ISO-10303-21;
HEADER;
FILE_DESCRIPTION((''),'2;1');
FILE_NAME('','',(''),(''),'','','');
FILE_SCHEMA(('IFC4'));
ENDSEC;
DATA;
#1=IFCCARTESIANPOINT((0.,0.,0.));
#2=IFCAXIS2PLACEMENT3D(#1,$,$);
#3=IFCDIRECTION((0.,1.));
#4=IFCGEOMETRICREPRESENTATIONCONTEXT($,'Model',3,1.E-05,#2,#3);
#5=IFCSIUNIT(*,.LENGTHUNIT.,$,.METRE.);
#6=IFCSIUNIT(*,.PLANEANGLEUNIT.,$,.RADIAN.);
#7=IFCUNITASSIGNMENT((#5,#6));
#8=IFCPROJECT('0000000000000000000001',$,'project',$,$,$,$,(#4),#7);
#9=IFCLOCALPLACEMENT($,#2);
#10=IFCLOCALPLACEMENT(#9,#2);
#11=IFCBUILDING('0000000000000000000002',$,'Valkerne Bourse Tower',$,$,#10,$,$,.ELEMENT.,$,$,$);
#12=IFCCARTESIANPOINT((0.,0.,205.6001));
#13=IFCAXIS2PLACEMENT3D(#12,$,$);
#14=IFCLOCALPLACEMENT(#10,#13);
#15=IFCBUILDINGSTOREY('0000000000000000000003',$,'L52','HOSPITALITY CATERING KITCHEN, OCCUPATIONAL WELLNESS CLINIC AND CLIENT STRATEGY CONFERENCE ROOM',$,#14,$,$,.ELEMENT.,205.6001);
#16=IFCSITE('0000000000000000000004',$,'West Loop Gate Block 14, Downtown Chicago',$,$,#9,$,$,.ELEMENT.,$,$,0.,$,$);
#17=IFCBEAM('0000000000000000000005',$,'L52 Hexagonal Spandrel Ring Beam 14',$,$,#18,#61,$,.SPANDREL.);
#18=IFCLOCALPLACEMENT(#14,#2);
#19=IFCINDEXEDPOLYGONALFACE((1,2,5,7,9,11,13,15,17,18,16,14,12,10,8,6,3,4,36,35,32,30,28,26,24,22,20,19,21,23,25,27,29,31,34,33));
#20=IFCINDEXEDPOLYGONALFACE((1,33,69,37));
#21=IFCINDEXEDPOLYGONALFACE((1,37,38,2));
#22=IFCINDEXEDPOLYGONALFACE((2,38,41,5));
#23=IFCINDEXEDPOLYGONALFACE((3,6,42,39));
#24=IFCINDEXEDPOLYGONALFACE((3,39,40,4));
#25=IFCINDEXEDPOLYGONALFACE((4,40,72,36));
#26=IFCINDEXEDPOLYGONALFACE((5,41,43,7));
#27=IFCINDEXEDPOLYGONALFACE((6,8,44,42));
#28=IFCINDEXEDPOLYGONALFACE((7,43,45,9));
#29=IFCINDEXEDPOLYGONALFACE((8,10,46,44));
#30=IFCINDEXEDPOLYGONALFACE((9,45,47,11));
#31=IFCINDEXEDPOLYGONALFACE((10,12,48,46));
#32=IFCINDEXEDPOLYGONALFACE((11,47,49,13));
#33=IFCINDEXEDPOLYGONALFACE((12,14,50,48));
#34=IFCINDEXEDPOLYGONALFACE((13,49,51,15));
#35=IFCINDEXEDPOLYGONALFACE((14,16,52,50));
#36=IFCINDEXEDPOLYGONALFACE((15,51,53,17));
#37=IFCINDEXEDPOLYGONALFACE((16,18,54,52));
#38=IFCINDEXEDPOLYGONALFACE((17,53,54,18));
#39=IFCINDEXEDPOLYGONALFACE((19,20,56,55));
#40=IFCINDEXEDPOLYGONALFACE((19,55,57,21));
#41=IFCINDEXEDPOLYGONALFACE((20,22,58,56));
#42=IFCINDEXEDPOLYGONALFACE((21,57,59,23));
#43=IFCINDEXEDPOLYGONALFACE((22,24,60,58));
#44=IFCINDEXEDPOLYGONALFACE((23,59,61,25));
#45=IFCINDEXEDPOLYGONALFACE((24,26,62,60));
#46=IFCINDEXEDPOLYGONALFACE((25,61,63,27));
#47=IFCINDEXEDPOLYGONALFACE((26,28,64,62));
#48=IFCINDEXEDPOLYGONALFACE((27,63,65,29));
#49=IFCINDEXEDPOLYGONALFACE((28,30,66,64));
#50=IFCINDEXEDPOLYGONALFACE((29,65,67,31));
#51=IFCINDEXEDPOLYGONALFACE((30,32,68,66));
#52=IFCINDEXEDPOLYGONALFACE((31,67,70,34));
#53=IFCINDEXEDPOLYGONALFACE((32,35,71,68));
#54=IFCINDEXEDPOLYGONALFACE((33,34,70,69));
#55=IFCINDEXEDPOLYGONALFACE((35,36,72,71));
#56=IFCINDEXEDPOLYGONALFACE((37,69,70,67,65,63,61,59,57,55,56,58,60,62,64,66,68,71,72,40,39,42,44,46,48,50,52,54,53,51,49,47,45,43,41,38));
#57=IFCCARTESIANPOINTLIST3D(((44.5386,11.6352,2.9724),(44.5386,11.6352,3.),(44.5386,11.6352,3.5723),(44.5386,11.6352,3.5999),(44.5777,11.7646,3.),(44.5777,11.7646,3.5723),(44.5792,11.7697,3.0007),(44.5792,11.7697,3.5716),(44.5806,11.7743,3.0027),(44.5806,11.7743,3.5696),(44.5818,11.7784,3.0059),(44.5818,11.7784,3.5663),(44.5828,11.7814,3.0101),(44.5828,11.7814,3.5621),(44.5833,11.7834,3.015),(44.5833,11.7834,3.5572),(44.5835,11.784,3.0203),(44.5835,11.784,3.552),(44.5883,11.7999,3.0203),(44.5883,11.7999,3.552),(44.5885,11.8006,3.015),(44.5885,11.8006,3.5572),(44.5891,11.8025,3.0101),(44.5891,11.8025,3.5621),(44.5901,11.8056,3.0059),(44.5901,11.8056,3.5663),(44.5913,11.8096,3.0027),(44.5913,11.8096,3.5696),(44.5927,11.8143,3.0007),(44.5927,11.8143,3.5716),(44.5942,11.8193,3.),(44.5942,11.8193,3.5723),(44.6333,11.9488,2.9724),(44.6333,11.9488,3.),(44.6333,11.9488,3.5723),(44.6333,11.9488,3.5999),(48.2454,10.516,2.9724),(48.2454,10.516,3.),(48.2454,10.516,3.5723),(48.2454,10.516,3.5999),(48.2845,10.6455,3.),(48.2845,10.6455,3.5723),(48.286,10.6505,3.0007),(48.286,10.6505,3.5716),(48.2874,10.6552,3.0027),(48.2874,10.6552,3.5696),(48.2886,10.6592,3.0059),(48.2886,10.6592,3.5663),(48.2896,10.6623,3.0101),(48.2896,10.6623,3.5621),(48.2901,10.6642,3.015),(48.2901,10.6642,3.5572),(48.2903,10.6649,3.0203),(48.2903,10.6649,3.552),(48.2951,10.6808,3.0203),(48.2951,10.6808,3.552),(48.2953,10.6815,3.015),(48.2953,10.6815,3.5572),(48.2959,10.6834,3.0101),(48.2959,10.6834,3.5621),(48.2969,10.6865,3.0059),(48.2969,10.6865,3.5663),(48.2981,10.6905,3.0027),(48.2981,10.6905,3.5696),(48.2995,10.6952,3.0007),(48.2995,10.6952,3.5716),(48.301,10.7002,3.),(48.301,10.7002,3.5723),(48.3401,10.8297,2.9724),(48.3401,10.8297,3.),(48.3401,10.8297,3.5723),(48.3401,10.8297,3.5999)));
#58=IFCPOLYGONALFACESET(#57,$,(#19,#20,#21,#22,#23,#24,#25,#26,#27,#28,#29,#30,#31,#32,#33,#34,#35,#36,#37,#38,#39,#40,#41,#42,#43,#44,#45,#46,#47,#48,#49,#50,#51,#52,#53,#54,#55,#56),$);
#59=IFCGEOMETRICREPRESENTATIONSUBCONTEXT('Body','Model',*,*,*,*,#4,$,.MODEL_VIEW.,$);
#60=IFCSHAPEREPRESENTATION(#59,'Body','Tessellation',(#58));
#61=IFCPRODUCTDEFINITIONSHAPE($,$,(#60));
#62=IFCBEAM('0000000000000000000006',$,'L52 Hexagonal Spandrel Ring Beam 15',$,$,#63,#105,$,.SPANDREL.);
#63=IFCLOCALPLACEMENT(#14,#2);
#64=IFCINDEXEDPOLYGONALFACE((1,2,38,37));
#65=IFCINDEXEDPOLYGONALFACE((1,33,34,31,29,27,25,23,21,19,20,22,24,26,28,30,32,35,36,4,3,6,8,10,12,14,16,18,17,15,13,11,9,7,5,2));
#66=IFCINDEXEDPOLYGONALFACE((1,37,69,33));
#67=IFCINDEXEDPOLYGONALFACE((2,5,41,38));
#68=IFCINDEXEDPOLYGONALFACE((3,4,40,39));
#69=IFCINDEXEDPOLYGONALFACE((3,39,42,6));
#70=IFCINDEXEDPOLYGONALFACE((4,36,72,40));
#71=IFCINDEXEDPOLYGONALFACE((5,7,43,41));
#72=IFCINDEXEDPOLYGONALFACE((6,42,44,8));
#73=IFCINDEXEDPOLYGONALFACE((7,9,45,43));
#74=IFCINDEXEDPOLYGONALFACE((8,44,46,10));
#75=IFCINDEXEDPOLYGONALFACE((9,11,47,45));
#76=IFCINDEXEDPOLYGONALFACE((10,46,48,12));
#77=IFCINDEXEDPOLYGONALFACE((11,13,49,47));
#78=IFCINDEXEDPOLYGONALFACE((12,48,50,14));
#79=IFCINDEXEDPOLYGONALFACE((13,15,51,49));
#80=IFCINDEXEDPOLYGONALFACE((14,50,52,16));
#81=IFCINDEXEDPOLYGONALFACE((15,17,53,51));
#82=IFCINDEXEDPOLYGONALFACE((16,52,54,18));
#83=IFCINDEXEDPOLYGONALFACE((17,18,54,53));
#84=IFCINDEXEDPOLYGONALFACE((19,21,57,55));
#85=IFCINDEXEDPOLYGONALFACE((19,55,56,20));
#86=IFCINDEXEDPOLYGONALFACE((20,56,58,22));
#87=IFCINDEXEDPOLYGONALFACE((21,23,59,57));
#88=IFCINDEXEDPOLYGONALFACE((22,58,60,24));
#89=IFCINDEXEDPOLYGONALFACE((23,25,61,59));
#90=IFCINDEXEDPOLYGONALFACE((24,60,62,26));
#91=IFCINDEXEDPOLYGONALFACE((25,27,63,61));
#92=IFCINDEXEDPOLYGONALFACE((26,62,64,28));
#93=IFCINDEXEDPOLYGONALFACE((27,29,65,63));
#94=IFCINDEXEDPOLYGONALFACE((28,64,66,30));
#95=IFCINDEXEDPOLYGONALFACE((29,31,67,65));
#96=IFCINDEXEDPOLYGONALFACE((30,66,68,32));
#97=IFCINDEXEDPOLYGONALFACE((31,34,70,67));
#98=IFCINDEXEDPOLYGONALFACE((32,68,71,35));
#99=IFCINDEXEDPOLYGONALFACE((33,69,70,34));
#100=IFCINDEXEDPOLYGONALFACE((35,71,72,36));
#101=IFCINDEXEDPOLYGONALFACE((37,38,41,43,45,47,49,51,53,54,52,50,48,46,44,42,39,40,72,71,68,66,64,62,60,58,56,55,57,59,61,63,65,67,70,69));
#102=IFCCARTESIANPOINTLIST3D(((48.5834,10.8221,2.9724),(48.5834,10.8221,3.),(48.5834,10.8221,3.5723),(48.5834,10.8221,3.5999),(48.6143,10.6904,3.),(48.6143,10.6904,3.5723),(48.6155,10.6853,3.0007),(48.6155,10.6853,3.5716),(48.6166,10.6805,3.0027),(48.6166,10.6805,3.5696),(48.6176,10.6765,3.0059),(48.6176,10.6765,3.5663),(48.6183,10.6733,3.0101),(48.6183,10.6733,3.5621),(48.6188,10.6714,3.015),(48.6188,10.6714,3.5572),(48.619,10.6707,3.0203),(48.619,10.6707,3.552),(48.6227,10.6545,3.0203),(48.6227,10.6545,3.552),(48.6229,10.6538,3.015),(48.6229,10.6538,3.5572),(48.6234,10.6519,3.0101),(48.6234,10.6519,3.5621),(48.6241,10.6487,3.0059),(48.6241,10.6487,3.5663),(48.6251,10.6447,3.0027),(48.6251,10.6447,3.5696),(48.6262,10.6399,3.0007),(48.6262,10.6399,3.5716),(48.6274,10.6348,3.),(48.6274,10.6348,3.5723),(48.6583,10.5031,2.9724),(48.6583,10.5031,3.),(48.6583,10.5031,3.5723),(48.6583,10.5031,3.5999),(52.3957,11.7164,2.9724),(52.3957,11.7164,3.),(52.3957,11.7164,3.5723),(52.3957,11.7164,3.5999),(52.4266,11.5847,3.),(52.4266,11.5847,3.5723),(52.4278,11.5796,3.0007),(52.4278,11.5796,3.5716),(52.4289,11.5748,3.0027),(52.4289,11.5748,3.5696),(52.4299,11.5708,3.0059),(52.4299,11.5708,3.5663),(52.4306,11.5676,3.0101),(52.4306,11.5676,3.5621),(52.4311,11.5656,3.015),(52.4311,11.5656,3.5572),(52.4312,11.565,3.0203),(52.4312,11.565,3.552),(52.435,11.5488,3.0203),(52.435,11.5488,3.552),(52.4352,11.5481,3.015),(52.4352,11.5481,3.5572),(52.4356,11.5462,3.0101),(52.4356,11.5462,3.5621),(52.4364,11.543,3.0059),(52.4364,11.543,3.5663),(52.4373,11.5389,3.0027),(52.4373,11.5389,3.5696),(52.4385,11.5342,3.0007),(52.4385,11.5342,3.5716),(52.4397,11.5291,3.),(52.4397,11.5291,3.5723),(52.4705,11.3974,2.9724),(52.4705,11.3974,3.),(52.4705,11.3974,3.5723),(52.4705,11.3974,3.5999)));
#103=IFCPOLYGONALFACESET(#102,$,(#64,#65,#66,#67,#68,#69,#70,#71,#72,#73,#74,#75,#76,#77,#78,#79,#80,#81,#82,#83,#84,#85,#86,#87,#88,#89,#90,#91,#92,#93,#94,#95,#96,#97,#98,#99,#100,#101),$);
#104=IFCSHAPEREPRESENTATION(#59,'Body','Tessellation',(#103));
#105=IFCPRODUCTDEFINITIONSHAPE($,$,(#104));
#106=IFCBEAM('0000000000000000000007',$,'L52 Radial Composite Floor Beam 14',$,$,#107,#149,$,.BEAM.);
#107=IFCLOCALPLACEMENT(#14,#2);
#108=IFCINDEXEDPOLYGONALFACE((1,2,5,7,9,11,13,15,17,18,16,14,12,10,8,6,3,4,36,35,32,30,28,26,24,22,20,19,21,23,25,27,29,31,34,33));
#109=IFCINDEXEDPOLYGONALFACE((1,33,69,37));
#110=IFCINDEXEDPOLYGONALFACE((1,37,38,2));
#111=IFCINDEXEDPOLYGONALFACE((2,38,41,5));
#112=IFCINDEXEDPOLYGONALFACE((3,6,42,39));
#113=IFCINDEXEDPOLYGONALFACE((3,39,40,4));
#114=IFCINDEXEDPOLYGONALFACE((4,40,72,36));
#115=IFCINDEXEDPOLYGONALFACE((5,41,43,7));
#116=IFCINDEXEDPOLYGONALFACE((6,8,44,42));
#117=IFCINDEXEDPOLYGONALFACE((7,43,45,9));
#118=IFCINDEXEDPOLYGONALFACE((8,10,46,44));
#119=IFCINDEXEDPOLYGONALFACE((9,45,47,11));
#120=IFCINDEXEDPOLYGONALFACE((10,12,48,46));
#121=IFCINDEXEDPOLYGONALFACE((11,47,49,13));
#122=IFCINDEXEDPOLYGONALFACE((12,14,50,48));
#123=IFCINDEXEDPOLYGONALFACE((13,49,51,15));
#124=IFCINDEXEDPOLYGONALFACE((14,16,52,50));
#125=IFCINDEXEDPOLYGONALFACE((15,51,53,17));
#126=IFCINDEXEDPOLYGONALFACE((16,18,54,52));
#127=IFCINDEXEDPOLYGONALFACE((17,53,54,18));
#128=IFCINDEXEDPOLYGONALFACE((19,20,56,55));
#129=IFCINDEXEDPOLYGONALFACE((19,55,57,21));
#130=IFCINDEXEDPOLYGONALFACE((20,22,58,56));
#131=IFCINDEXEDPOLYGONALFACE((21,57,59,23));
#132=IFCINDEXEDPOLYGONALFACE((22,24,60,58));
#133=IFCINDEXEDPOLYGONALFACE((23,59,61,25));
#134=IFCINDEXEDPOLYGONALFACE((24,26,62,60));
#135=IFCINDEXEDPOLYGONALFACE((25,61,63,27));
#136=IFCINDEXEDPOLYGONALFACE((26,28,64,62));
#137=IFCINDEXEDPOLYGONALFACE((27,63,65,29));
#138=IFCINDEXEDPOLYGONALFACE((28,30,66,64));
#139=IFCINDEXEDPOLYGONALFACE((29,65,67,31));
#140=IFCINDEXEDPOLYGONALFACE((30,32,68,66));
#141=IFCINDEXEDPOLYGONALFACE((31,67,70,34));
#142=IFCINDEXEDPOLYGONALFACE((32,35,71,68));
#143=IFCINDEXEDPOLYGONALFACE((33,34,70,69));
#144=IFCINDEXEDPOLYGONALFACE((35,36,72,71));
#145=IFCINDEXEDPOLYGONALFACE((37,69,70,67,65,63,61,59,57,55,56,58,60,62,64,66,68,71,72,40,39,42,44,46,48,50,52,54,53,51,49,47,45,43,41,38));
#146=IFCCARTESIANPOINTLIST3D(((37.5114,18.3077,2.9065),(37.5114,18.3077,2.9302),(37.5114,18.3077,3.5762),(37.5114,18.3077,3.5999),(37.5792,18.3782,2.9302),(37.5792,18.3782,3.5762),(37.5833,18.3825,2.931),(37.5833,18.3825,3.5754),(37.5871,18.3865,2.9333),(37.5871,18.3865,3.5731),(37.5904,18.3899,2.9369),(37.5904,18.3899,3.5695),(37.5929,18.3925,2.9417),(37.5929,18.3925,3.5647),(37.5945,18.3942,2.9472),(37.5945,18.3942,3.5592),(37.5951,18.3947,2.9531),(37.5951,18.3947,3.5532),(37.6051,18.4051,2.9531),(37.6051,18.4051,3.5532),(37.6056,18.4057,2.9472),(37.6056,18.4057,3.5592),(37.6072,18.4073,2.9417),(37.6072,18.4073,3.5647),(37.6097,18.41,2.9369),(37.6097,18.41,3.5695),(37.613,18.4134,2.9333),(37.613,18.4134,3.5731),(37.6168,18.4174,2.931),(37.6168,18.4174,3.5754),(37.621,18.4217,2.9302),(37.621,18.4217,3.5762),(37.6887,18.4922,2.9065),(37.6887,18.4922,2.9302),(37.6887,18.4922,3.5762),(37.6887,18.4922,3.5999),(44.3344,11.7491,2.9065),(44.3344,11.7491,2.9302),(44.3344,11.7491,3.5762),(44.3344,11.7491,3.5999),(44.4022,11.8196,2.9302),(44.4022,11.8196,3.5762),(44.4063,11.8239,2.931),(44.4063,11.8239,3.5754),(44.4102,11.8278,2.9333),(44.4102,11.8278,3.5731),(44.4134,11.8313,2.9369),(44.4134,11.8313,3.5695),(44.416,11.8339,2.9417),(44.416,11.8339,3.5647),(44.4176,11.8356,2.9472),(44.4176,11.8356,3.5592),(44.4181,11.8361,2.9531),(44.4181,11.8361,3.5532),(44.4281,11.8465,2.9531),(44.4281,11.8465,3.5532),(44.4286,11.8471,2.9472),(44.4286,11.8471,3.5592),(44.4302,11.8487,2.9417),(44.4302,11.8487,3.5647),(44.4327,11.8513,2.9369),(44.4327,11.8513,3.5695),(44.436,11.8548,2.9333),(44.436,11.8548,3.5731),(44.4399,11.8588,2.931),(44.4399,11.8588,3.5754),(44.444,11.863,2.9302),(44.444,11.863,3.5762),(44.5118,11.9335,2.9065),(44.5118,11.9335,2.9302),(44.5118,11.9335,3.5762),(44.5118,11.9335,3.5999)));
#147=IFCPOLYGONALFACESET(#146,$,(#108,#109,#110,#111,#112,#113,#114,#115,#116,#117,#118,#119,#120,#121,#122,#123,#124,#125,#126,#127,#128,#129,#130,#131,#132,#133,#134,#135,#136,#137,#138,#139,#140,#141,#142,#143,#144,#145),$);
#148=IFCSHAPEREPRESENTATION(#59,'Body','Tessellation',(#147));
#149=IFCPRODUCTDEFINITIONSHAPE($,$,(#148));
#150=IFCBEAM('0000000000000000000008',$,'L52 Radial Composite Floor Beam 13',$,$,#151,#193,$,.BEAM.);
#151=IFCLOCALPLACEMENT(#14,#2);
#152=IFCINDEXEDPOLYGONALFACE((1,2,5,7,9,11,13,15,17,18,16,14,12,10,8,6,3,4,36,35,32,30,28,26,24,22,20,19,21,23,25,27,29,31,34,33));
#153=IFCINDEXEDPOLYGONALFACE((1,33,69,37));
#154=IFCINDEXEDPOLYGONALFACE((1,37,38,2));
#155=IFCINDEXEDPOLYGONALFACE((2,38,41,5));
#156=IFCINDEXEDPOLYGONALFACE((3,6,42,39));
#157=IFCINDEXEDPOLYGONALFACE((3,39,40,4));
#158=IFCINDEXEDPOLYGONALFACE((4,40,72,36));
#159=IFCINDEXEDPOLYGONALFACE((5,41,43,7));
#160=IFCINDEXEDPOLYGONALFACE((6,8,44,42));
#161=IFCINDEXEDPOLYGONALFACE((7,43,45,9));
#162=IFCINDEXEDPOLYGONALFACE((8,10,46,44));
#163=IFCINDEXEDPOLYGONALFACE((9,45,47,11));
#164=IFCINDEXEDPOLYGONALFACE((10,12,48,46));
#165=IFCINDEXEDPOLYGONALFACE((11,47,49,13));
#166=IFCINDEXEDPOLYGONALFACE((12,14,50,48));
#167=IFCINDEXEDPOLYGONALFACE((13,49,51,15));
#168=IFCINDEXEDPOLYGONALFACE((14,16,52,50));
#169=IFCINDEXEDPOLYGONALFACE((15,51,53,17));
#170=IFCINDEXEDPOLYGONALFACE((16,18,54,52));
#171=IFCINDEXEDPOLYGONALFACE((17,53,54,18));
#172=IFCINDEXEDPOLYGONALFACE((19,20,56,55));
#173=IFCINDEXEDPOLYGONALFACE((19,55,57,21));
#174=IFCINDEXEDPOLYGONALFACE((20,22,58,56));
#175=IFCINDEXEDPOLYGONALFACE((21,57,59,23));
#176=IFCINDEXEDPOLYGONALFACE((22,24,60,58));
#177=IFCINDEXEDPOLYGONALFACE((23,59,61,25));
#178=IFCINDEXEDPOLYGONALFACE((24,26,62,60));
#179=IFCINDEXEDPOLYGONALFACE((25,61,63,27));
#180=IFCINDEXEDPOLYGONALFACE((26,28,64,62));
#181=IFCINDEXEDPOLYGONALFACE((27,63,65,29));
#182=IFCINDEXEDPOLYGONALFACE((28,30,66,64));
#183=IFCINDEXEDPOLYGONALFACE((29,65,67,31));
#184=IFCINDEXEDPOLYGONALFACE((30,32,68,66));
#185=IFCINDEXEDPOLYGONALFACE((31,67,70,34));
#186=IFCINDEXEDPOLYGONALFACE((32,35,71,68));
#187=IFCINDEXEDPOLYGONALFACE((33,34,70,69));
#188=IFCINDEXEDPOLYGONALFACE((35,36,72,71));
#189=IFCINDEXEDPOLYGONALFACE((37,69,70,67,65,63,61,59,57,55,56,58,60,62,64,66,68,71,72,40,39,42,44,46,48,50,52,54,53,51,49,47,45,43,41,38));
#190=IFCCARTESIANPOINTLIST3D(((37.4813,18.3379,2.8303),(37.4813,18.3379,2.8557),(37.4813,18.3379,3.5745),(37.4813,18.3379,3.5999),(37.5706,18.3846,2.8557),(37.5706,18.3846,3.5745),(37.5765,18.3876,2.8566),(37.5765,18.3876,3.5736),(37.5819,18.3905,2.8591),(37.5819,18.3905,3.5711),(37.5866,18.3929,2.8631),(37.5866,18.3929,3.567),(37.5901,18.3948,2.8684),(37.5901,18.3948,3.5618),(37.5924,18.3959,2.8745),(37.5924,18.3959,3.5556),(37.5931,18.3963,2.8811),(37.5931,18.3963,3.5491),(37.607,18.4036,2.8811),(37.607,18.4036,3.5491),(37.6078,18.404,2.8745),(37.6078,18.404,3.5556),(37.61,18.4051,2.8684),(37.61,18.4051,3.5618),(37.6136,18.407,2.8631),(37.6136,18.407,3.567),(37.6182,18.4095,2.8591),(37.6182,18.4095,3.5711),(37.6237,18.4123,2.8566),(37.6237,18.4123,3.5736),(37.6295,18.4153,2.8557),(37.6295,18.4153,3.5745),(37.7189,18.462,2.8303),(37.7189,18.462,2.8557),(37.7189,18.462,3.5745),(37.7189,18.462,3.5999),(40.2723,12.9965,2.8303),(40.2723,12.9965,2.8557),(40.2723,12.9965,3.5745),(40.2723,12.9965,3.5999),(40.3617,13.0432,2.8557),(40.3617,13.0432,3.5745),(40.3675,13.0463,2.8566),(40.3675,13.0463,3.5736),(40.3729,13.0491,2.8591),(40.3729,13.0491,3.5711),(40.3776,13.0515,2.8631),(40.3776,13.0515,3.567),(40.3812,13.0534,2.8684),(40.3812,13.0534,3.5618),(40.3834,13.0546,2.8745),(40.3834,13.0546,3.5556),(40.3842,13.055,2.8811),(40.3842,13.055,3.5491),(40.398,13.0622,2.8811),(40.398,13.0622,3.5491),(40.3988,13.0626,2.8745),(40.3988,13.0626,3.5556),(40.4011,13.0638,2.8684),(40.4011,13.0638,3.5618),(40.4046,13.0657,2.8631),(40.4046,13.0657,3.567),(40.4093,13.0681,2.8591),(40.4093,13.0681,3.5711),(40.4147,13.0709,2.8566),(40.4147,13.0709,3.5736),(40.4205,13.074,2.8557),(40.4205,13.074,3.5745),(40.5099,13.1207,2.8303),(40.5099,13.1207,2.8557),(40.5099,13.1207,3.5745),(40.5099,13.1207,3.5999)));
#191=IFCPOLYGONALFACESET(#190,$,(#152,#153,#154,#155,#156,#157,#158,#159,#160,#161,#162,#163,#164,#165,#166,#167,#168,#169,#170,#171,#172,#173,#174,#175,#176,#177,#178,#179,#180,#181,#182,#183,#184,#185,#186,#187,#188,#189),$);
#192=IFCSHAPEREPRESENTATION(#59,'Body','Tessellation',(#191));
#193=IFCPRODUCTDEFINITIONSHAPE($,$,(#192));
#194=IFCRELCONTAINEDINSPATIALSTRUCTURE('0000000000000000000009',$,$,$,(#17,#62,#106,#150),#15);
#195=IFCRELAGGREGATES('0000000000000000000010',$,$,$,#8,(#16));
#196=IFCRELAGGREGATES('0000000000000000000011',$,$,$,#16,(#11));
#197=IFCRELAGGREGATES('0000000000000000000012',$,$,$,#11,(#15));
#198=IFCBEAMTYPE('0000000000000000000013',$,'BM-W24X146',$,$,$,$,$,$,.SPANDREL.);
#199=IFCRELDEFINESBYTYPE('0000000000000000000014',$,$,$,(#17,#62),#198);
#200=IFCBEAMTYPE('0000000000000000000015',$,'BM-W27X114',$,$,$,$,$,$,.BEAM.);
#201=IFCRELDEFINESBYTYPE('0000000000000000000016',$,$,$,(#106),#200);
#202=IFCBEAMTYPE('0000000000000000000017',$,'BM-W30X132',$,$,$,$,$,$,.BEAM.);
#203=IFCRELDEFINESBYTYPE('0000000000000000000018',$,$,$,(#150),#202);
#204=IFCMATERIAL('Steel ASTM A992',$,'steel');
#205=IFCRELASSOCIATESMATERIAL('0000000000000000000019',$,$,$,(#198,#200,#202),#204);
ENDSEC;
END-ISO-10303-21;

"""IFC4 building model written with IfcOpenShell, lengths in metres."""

from ifc_helpers import new_model, si_unit, direction, frame, origin, origin_2d, place, context, subcontext, project, spatial, i_section, extrude, material, material_profile, profile_set, type_object, element, save


model = new_model("IFC4")

# Units and contexts
model_context = context("Model", 3, precision=1e-05, world=origin(), true_north=direction((0.0, 1.0)))
body_context = subcontext(model_context, "Body", "Model", "MODEL_VIEW")
ifc_project = project(units=[si_unit("LENGTHUNIT", "METRE"), si_unit("PLANEANGLEUNIT", "RADIAN")], contexts=[model_context])

# Site, building, storey
site_placement = place(None, origin())
site = spatial("IfcSite", under=ifc_project, at=site_placement, Name="West Loop Gate Block 14, Downtown Chicago", CompositionType="ELEMENT", RefElevation=0.0)
building_placement = place(site_placement, origin())
building = spatial("IfcBuilding", under=site, at=building_placement, Name="Valkerne Bourse Tower", CompositionType="ELEMENT")
storey_placement = place(building_placement, frame((0.0, 0.0, 205.6001)))
storey = spatial("IfcBuildingStorey", under=building, at=storey_placement, Name="L52", Description="HOSPITALITY CATERING KITCHEN, OCCUPATIONAL WELLNESS CLINIC AND CLIENT STRATEGY CONFERENCE ROOM", CompositionType="ELEMENT", Elevation=205.6001)

# Beams
ifc_material_1 = material(Name="Steel ASTM A992", Category="steel")
ifc_material_profile_1 = material_profile(ifc_material_1, i_section(OverallWidth=0.3276, OverallDepth=0.6274, WebThickness=0.0166, FlangeThickness=0.0276, FilletRadius=0.0203, at=origin_2d()), Name="W24X146")
ifc_profile_set_1 = profile_set([ifc_material_profile_1], Name="Steel ASTM A992")
beam_type_1 = type_object("IfcBeamType", Name="BM-W24X146", PredefinedType="SPANDREL", material=ifc_profile_set_1)
for number, where, z_axis, x_axis, name in (
    (1, (44.5859, 11.792, 3.2861), (0.95732, -0.289031, 0.0), (0.289031, 0.95732, 0.0), "L52 Hexagonal Spandrel Ring Beam 14"),
):
    element("IfcBeam", number, at=place(storey_placement, frame(where, z_axis=z_axis, x_axis=x_axis)), inside=storey, type_object=beam_type_1, Name=name, PredefinedType="SPANDREL", context=body_context, shape_type="SweptSolid", body=[
        extrude(i_section(OverallWidth=0.3276, OverallDepth=0.6274, WebThickness=0.0166, FlangeThickness=0.0276, FilletRadius=0.0203, at=origin_2d()), origin(), (0.0, 0.0, 1.0), 3.8721),
    ])
beam_1_placement = place(storey_placement, frame((48.6208, 10.6626, 3.2861), z_axis=(0.973571, 0.228382, 0.0), x_axis=(-0.228382, 0.973571, 0.0)))
element("IfcBeam", 2, at=beam_1_placement, inside=storey, type_object=beam_type_1, Name="L52 Hexagonal Spandrel Ring Beam 15", PredefinedType="SPANDREL", context=body_context, shape_type="SweptSolid", body=[
    extrude(i_section(OverallWidth=0.3276, OverallDepth=0.6274, WebThickness=0.0166, FlangeThickness=0.0276, FilletRadius=0.0203, at=origin_2d()), origin(), (0.0, 0.0, 1.0), 3.9158),
])
ifc_material_profile_2 = material_profile(ifc_material_1, i_section(OverallWidth=0.2559, OverallDepth=0.6934, WebThickness=0.0144, FlangeThickness=0.0237, FilletRadius=0.0229, at=origin_2d()), Name="W27X114")
ifc_profile_set_2 = profile_set([ifc_material_profile_2], Name="Steel ASTM A992")
beam_type_2 = type_object("IfcBeamType", Name="BM-W27X114", PredefinedType="BEAM", material=ifc_profile_set_2)
beam_2_placement = place(storey_placement, frame((44.4231, 11.8413, 3.2532), z_axis=(-0.720938, 0.693, 0.0), x_axis=(-0.693, -0.720938, 0.0)))
element("IfcBeam", 3, at=beam_2_placement, inside=storey, type_object=beam_type_2, Name="L52 Radial Composite Floor Beam 14", PredefinedType="BEAM", context=body_context, shape_type="SweptSolid", body=[
    extrude(i_section(OverallWidth=0.2559, OverallDepth=0.6934, WebThickness=0.0144, FlangeThickness=0.0237, FilletRadius=0.0229, at=origin_2d()), origin(), (0.0, 0.0, 1.0), 9.4641),
])
ifc_material_profile_3 = material_profile(ifc_material_1, i_section(OverallWidth=0.2681, OverallDepth=0.7695, WebThickness=0.0156, FlangeThickness=0.0254, FilletRadius=0.0254, at=origin_2d()), Name="W30X132")
ifc_profile_set_3 = profile_set([ifc_material_profile_3], Name="Steel ASTM A992")
beam_type_3 = type_object("IfcBeamType", Name="BM-W30X132", PredefinedType="BEAM", material=ifc_profile_set_3)
beam_3_placement = place(storey_placement, frame((40.3911, 13.0586, 3.2151), z_axis=(-0.46312, 0.886296, 0.0), x_axis=(-0.886296, -0.46312, 0.0)))
element("IfcBeam", 4, at=beam_3_placement, inside=storey, type_object=beam_type_3, Name="L52 Radial Composite Floor Beam 13", PredefinedType="BEAM", context=body_context, shape_type="SweptSolid", body=[
    extrude(i_section(OverallWidth=0.2681, OverallDepth=0.7695, WebThickness=0.0156, FlangeThickness=0.0254, FilletRadius=0.0254, at=origin_2d()), origin(), (0.0, 0.0, 1.0), 6.0266),
])

save(model, "model.ifc")
